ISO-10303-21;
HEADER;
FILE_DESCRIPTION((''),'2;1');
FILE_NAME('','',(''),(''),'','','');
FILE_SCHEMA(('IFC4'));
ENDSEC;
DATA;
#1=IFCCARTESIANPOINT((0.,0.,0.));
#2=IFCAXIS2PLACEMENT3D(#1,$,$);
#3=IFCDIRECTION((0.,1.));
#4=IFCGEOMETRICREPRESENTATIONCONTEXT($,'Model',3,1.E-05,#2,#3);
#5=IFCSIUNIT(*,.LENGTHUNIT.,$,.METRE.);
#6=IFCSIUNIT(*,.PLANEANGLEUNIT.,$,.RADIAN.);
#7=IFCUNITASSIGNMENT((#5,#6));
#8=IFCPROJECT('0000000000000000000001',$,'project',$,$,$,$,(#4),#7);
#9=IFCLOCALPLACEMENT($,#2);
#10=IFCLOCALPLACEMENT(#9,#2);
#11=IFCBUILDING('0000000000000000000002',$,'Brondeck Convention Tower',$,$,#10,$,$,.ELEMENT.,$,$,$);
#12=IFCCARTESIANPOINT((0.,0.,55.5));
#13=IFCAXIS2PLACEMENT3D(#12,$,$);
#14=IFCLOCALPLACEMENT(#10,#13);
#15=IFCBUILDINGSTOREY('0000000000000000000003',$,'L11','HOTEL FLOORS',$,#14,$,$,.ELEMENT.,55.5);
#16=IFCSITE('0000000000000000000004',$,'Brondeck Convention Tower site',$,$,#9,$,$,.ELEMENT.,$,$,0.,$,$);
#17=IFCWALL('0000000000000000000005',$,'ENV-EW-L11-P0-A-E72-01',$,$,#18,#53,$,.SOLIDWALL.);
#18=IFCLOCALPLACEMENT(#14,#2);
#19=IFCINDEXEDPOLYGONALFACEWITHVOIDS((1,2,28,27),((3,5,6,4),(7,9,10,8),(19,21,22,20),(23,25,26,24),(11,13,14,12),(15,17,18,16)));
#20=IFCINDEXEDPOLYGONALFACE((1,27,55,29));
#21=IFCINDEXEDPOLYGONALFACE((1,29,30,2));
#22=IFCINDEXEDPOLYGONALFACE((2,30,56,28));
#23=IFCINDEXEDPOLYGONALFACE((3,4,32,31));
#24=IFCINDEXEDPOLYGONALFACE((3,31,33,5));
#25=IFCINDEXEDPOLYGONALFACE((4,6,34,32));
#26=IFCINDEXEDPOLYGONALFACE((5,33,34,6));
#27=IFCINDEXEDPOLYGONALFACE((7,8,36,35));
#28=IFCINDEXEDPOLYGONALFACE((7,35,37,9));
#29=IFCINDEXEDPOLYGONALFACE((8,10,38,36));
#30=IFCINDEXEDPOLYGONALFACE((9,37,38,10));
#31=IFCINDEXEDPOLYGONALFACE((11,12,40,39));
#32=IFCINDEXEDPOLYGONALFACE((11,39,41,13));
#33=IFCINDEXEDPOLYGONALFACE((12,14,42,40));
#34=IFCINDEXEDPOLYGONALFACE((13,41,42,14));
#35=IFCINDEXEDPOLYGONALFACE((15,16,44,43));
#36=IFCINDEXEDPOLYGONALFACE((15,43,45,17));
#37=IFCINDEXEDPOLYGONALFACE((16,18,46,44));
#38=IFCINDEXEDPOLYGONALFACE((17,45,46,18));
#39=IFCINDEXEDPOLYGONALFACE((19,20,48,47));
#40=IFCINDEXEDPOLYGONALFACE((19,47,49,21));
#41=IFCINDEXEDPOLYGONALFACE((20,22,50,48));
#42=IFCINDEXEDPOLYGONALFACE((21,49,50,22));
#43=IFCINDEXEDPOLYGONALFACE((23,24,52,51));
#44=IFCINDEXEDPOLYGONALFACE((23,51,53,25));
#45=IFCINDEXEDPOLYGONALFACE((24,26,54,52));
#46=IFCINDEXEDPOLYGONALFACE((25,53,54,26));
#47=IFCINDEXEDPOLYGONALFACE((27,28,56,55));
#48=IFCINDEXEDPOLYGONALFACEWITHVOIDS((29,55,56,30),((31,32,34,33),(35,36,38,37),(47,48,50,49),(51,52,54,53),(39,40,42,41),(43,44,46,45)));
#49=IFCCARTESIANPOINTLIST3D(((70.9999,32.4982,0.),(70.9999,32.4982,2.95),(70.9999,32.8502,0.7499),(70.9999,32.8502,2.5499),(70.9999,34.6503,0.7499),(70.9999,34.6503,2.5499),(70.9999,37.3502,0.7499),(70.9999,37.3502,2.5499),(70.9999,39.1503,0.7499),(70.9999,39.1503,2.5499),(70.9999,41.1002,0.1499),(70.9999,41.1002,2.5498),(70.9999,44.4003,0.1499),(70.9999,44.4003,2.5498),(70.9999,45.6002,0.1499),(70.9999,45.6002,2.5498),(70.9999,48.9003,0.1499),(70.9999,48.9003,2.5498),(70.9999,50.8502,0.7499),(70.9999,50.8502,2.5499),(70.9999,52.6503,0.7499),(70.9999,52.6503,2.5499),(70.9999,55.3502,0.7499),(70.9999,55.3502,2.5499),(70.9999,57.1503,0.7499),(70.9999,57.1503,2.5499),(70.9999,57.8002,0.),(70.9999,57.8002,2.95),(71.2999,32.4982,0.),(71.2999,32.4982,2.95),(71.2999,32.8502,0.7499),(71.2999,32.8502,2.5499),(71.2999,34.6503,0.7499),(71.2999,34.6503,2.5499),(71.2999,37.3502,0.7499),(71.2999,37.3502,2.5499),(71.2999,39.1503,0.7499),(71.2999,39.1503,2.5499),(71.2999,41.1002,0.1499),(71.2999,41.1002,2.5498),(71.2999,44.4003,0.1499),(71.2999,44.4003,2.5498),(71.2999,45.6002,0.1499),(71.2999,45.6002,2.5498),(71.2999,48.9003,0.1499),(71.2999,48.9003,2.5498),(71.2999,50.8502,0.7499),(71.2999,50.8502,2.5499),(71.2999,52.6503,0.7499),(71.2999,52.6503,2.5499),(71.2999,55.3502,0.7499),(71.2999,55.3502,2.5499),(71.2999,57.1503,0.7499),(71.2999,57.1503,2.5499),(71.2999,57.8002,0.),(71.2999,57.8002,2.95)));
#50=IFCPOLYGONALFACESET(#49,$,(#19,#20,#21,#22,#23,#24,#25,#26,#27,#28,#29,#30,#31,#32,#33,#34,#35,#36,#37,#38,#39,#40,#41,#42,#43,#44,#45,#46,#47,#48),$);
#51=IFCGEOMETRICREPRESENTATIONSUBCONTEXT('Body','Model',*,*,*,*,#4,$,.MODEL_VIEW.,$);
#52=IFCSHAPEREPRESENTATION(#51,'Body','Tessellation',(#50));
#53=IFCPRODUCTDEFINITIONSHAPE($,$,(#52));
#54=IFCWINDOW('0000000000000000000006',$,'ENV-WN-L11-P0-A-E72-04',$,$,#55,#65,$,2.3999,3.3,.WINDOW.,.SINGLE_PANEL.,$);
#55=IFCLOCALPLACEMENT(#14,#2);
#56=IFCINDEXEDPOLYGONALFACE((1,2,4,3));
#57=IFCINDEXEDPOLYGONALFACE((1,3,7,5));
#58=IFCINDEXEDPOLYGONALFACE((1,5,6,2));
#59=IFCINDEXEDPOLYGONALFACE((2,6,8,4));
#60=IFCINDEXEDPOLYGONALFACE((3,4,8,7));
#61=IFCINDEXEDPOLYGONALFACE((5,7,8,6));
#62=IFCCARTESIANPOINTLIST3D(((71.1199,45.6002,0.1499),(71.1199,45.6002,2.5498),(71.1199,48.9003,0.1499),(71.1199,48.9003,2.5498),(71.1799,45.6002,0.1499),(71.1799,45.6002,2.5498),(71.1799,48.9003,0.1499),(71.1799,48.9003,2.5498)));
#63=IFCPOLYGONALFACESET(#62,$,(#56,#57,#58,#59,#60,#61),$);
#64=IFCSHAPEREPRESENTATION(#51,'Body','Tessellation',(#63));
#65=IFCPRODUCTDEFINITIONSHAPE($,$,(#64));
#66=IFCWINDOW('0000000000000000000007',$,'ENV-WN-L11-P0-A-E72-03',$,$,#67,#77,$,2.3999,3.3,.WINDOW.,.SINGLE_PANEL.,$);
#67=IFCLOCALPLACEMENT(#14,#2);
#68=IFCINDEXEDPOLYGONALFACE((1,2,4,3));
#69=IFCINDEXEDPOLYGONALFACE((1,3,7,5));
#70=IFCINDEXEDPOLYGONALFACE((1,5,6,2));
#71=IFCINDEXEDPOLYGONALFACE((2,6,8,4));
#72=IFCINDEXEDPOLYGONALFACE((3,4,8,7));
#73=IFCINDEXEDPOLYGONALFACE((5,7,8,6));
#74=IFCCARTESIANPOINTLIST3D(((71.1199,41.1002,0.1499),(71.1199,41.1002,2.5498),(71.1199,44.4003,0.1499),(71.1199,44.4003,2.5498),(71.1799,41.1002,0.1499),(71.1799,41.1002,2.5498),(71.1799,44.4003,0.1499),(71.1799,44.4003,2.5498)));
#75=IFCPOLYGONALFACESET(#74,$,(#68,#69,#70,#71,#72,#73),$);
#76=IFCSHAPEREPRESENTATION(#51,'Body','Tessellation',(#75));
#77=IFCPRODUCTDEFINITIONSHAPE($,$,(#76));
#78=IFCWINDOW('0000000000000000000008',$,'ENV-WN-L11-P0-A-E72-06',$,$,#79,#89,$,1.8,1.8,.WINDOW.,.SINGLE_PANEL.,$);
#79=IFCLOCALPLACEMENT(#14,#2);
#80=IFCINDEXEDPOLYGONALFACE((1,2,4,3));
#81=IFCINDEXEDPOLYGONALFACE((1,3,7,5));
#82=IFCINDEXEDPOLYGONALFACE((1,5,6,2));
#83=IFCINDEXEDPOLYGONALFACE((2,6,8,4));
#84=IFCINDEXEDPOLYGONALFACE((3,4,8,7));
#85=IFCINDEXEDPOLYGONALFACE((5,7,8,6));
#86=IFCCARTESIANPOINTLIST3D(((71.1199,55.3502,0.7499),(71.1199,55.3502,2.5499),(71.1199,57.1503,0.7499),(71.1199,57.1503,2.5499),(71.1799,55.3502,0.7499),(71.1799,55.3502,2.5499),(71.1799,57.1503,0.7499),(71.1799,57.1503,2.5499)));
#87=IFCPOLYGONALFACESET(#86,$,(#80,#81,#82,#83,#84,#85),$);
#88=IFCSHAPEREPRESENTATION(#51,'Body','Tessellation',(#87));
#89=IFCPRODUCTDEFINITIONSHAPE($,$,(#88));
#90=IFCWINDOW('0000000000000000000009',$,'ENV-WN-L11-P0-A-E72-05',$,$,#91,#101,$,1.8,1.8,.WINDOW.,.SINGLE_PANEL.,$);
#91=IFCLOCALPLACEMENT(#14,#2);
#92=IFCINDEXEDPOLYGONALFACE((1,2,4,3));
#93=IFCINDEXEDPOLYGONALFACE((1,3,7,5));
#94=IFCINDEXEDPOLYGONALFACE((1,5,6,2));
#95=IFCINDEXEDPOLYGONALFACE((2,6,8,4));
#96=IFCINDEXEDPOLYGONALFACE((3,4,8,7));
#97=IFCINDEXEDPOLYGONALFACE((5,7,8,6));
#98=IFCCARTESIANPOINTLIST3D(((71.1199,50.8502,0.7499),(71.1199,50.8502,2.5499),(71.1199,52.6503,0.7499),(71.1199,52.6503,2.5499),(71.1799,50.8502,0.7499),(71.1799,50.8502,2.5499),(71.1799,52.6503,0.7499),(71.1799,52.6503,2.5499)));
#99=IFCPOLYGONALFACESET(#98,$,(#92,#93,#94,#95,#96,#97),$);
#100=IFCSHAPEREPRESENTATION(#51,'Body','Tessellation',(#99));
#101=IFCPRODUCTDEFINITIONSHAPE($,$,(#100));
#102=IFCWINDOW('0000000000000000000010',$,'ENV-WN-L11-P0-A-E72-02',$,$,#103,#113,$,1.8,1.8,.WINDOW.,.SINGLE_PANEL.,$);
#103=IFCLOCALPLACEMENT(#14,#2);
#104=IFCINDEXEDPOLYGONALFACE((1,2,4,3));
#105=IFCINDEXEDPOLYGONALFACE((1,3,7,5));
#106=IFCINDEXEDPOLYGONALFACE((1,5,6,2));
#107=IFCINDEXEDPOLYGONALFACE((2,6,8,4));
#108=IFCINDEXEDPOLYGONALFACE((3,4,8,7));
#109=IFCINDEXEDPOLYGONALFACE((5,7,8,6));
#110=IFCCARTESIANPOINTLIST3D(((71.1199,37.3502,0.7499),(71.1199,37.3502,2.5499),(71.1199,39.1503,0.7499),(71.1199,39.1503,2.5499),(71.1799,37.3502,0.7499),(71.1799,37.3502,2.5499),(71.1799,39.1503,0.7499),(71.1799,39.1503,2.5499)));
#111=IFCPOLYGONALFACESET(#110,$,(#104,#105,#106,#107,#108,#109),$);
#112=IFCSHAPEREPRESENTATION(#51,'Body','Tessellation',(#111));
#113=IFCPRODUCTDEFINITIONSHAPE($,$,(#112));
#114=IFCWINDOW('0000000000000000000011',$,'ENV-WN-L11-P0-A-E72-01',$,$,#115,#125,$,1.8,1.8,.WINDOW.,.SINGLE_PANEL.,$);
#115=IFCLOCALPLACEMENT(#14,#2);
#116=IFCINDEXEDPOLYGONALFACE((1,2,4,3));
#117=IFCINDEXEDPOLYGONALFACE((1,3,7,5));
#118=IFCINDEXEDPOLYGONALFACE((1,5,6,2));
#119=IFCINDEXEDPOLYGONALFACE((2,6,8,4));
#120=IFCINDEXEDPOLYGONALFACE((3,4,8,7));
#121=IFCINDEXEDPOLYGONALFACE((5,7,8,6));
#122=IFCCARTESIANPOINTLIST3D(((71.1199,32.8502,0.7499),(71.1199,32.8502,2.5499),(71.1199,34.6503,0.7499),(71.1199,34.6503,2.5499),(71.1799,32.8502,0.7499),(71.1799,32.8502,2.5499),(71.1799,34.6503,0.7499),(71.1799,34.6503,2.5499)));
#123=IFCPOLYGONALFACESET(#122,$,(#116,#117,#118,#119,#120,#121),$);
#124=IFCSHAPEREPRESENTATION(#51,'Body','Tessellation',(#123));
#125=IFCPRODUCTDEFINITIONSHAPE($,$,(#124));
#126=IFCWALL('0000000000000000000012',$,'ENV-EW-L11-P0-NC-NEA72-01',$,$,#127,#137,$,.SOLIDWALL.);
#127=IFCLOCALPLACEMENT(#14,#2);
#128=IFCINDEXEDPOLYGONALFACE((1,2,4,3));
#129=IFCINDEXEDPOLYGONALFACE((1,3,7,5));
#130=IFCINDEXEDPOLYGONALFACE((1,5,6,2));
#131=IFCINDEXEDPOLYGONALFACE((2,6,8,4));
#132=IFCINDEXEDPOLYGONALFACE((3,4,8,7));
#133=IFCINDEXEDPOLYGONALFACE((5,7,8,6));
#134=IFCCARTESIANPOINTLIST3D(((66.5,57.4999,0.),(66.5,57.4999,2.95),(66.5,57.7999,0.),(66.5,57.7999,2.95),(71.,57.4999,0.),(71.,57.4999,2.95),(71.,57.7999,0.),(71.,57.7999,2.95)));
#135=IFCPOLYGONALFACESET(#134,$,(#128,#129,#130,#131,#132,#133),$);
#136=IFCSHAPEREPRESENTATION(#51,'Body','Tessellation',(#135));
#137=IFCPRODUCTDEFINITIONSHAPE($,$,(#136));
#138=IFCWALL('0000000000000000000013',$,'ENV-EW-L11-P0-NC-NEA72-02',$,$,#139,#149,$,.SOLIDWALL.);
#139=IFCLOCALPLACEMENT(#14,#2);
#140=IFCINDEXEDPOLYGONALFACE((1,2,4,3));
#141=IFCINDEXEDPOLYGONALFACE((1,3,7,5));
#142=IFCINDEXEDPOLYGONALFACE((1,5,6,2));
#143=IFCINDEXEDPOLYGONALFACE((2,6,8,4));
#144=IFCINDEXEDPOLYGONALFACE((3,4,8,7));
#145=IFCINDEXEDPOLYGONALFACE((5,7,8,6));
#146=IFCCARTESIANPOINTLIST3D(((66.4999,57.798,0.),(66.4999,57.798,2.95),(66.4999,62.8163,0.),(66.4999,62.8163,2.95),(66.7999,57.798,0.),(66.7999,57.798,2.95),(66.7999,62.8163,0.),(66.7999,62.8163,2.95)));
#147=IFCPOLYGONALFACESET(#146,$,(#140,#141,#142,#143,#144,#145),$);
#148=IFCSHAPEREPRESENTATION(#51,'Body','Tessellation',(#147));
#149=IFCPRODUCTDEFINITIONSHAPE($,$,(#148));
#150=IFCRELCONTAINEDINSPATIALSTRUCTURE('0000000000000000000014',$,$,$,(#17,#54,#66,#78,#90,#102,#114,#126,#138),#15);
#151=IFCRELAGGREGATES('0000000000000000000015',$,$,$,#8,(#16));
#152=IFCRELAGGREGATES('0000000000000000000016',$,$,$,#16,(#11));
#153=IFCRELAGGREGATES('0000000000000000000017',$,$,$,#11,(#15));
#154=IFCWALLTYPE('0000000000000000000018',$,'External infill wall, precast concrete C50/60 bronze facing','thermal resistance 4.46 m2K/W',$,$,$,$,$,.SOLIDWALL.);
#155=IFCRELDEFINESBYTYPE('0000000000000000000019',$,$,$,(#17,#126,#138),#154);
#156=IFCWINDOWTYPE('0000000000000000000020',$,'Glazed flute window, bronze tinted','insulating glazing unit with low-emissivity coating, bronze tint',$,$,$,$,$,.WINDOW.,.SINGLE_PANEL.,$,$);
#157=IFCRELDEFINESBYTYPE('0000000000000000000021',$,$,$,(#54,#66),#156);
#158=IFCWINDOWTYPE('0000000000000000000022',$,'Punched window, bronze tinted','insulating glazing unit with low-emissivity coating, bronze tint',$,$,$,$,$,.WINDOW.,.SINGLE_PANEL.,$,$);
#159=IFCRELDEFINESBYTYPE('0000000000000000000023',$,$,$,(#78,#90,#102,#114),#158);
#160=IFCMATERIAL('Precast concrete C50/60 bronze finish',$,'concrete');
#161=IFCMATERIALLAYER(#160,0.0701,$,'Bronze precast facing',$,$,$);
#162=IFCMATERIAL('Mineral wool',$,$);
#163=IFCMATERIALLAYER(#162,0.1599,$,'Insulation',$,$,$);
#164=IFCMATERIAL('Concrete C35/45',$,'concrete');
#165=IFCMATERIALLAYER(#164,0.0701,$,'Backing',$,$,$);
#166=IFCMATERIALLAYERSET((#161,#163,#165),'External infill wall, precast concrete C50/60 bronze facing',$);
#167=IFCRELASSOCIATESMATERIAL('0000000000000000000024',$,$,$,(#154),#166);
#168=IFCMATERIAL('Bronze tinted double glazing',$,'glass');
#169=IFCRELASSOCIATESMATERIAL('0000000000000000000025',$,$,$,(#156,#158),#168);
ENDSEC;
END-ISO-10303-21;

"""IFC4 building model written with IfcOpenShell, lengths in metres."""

from ifc_helpers import new_model, si_unit, direction, frame, frame_2d, origin, place, context, subcontext, project, spatial, rectangle, extrude, material, layer, layer_set, type_object, element, fill, save


model = new_model("IFC4")

# Units and contexts
model_context = context("Model", 3, precision=1e-05, world=origin(), true_north=direction((0.0, 1.0)))
body_context = subcontext(model_context, "Body", "Model", "MODEL_VIEW")
ifc_project = project(units=[si_unit("LENGTHUNIT", "METRE"), si_unit("PLANEANGLEUNIT", "RADIAN")], contexts=[model_context])

# Site, building, storey
site_placement = place(None, origin())
site = spatial("IfcSite", under=ifc_project, at=site_placement, Name="Brondeck Convention Tower site", CompositionType="ELEMENT", RefElevation=0.0)
building_placement = place(site_placement, origin())
building = spatial("IfcBuilding", under=site, at=building_placement, Name="Brondeck Convention Tower", CompositionType="ELEMENT")
storey_placement = place(building_placement, frame((0.0, 0.0, 55.5)))
storey = spatial("IfcBuildingStorey", under=building, at=storey_placement, Name="L11", Description="HOTEL FLOORS", CompositionType="ELEMENT", Elevation=55.5)

# Wall, openings, windows
ifc_material_1 = material(Name="Precast concrete C50/60 bronze finish", Category="concrete")
ifc_layer_1 = layer(ifc_material_1, 0.0701, Name="Bronze precast facing")
ifc_material_2 = material(Name="Mineral wool")
ifc_layer_2 = layer(ifc_material_2, 0.1599, Name="Insulation")
ifc_material_3 = material(Name="Concrete C35/45", Category="concrete")
ifc_layer_3 = layer(ifc_material_3, 0.0701, Name="Backing")
ifc_layer_set_1 = layer_set([ifc_layer_1, ifc_layer_2, ifc_layer_3], Name="External infill wall, precast concrete C50/60 bronze facing")
wall_type_1 = type_object("IfcWallType", Name="External infill wall, precast concrete C50/60 bronze facing", Description="thermal resistance 4.46 m2K/W", PredefinedType="SOLIDWALL", material=ifc_layer_set_1)
wall_1_placement = place(storey_placement, frame((71.1499, 57.8, 0.0), z_axis=(0.0, 0.0, 1.0), x_axis=(0.0, -1.0, 0.0)))
wall_1 = element("IfcWall", 1, at=wall_1_placement, inside=storey, type_object=wall_type_1, Name="ENV-EW-L11-P0-A-E72-01", PredefinedType="SOLIDWALL", context=body_context, shape_type="SweptSolid", body=[
    extrude(rectangle(XDim=25.302, YDim=0.3, at=frame_2d((12.6509, 0.0))), origin(), (0.0, 0.0, 1.0), 2.95),
])
opening_1_placement = place(wall_1_placement, frame((0.6499, 0.0, 0.75)))
opening_1 = element("IfcOpeningElement", 2, at=opening_1_placement, cuts=wall_1, PredefinedType="OPENING", context=body_context, shape_type="SweptSolid", body=[
    extrude(rectangle(XDim=1.8, YDim=1.8, at=frame_2d((0.8999, 0.8999))), frame((0.0, 0.1599, 0.0), z_axis=(0.0, -1.0, 0.0), x_axis=(1.0, 0.0, 0.0)), (0.0, 0.0, 1.0), 0.3201),
])
opening_2_placement = place(wall_1_placement, frame((5.1499, 0.0, 0.75)))
opening_2 = element("IfcOpeningElement", 3, at=opening_2_placement, cuts=wall_1, PredefinedType="OPENING", context=body_context, shape_type="SweptSolid", body=[
    extrude(rectangle(XDim=1.8, YDim=1.8, at=frame_2d((0.8999, 0.8999))), frame((0.0, 0.1599, 0.0), z_axis=(0.0, -1.0, 0.0), x_axis=(1.0, 0.0, 0.0)), (0.0, 0.0, 1.0), 0.3201),
])
opening_3_placement = place(wall_1_placement, frame((8.8999, 0.0, 0.1499)))
opening_3 = element("IfcOpeningElement", 4, at=opening_3_placement, cuts=wall_1, PredefinedType="OPENING", context=body_context, shape_type="SweptSolid", body=[
    extrude(rectangle(XDim=3.3, YDim=2.3999, at=frame_2d((1.6499, 1.2))), frame((0.0, 0.1599, 0.0), z_axis=(0.0, -1.0, 0.0), x_axis=(1.0, 0.0, 0.0)), (0.0, 0.0, 1.0), 0.3201),
])
opening_4_placement = place(wall_1_placement, frame((13.3999, 0.0, 0.1499)))
opening_4 = element("IfcOpeningElement", 5, at=opening_4_placement, cuts=wall_1, PredefinedType="OPENING", context=body_context, shape_type="SweptSolid", body=[
    extrude(rectangle(XDim=3.3, YDim=2.3999, at=frame_2d((1.6499, 1.2))), frame((0.0, 0.1599, 0.0), z_axis=(0.0, -1.0, 0.0), x_axis=(1.0, 0.0, 0.0)), (0.0, 0.0, 1.0), 0.3201),
])
opening_5_placement = place(wall_1_placement, frame((18.6499, 0.0, 0.75)))
opening_5 = element("IfcOpeningElement", 6, at=opening_5_placement, cuts=wall_1, PredefinedType="OPENING", context=body_context, shape_type="SweptSolid", body=[
    extrude(rectangle(XDim=1.8, YDim=1.8, at=frame_2d((0.8999, 0.8999))), frame((0.0, 0.1599, 0.0), z_axis=(0.0, -1.0, 0.0), x_axis=(1.0, 0.0, 0.0)), (0.0, 0.0, 1.0), 0.3201),
])
opening_6_placement = place(wall_1_placement, frame((23.1499, 0.0, 0.75)))
opening_6 = element("IfcOpeningElement", 7, at=opening_6_placement, cuts=wall_1, PredefinedType="OPENING", context=body_context, shape_type="SweptSolid", body=[
    extrude(rectangle(XDim=1.8, YDim=1.8, at=frame_2d((0.8999, 0.8999))), frame((0.0, 0.1599, 0.0), z_axis=(0.0, -1.0, 0.0), x_axis=(1.0, 0.0, 0.0)), (0.0, 0.0, 1.0), 0.3201),
])
ifc_material_4 = material(Name="Bronze tinted double glazing", Category="glass")
window_type_1 = type_object("IfcWindowType", Name="Glazed flute window, bronze tinted", Description="insulating glazing unit with low-emissivity coating, bronze tint", PartitioningType="SINGLE_PANEL", PredefinedType="WINDOW", material=ifc_material_4)
window_1_placement = place(opening_3_placement, origin())
window_1 = element("IfcWindow", 8, at=window_1_placement, inside=storey, type_object=window_type_1, Name="ENV-WN-L11-P0-A-E72-04", OverallHeight=2.3999, OverallWidth=3.3, PartitioningType="SINGLE_PANEL", PredefinedType="WINDOW", context=body_context, shape_type="SweptSolid", body=[
    extrude(rectangle(XDim=3.3, YDim=2.3999, at=frame_2d((1.6499, 1.2))), frame((0.0, 0.03, 0.0), z_axis=(0.0, -1.0, 0.0), x_axis=(1.0, 0.0, 0.0)), (0.0, 0.0, 1.0), 0.0601),
])
fill(opening_3, window_1)
window_2_placement = place(opening_4_placement, origin())
window_2 = element("IfcWindow", 9, at=window_2_placement, inside=storey, type_object=window_type_1, Name="ENV-WN-L11-P0-A-E72-03", OverallHeight=2.3999, OverallWidth=3.3, PartitioningType="SINGLE_PANEL", PredefinedType="WINDOW", context=body_context, shape_type="SweptSolid", body=[
    extrude(rectangle(XDim=3.3, YDim=2.3999, at=frame_2d((1.6499, 1.2))), frame((0.0, 0.03, 0.0), z_axis=(0.0, -1.0, 0.0), x_axis=(1.0, 0.0, 0.0)), (0.0, 0.0, 1.0), 0.0601),
])
fill(opening_4, window_2)
window_type_2 = type_object("IfcWindowType", Name="Punched window, bronze tinted", Description="insulating glazing unit with low-emissivity coating, bronze tint", PartitioningType="SINGLE_PANEL", PredefinedType="WINDOW", material=ifc_material_4)
window_3_placement = place(opening_1_placement, origin())
window_3 = element("IfcWindow", 10, at=window_3_placement, inside=storey, type_object=window_type_2, Name="ENV-WN-L11-P0-A-E72-06", OverallHeight=1.8, OverallWidth=1.8, PartitioningType="SINGLE_PANEL", PredefinedType="WINDOW", context=body_context, shape_type="SweptSolid", body=[
    extrude(rectangle(XDim=1.8, YDim=1.8, at=frame_2d((0.8999, 0.8999))), frame((0.0, 0.03, 0.0), z_axis=(0.0, -1.0, 0.0), x_axis=(1.0, 0.0, 0.0)), (0.0, 0.0, 1.0), 0.0601),
])
fill(opening_1, window_3)
window_4_placement = place(opening_2_placement, origin())
window_4 = element("IfcWindow", 11, at=window_4_placement, inside=storey, type_object=window_type_2, Name="ENV-WN-L11-P0-A-E72-05", OverallHeight=1.8, OverallWidth=1.8, PartitioningType="SINGLE_PANEL", PredefinedType="WINDOW", context=body_context, shape_type="SweptSolid", body=[
    extrude(rectangle(XDim=1.8, YDim=1.8, at=frame_2d((0.8999, 0.8999))), frame((0.0, 0.03, 0.0), z_axis=(0.0, -1.0, 0.0), x_axis=(1.0, 0.0, 0.0)), (0.0, 0.0, 1.0), 0.0601),
])
fill(opening_2, window_4)
window_5_placement = place(opening_5_placement, origin())
window_5 = element("IfcWindow", 12, at=window_5_placement, inside=storey, type_object=window_type_2, Name="ENV-WN-L11-P0-A-E72-02", OverallHeight=1.8, OverallWidth=1.8, PartitioningType="SINGLE_PANEL", PredefinedType="WINDOW", context=body_context, shape_type="SweptSolid", body=[
    extrude(rectangle(XDim=1.8, YDim=1.8, at=frame_2d((0.8999, 0.8999))), frame((0.0, 0.03, 0.0), z_axis=(0.0, -1.0, 0.0), x_axis=(1.0, 0.0, 0.0)), (0.0, 0.0, 1.0), 0.0601),
])
fill(opening_5, window_5)
window_6_placement = place(opening_6_placement, origin())
window_6 = element("IfcWindow", 13, at=window_6_placement, inside=storey, type_object=window_type_2, Name="ENV-WN-L11-P0-A-E72-01", OverallHeight=1.8, OverallWidth=1.8, PartitioningType="SINGLE_PANEL", PredefinedType="WINDOW", context=body_context, shape_type="SweptSolid", body=[
    extrude(rectangle(XDim=1.8, YDim=1.8, at=frame_2d((0.8999, 0.8999))), frame((0.0, 0.03, 0.0), z_axis=(0.0, -1.0, 0.0), x_axis=(1.0, 0.0, 0.0)), (0.0, 0.0, 1.0), 0.0601),
])
fill(opening_6, window_6)

# Walls
wall_2_placement = place(storey_placement, frame((66.5, 57.6499, 0.0), z_axis=(0.0, 0.0, 1.0), x_axis=(1.0, 0.0, 0.0)))
element("IfcWall", 14, at=wall_2_placement, inside=storey, type_object=wall_type_1, Name="ENV-EW-L11-P0-NC-NEA72-01", PredefinedType="SOLIDWALL", context=body_context, shape_type="SweptSolid", body=[
    extrude(rectangle(XDim=4.5, YDim=0.3, at=frame_2d((2.25, 0.0))), origin(), (0.0, 0.0, 1.0), 2.95),
])
wall_3_placement = place(storey_placement, frame((66.6499, 62.8164, 0.0), z_axis=(0.0, 0.0, 1.0), x_axis=(0.0, -1.0, 0.0)))
element("IfcWall", 15, at=wall_3_placement, inside=storey, type_object=wall_type_1, Name="ENV-EW-L11-P0-NC-NEA72-02", PredefinedType="SOLIDWALL", context=body_context, shape_type="SweptSolid", body=[
    extrude(rectangle(XDim=5.0183, YDim=0.3, at=frame_2d((2.5093, 0.0))), origin(), (0.0, 0.0, 1.0), 2.95),
])

save(model, "model.ifc")
